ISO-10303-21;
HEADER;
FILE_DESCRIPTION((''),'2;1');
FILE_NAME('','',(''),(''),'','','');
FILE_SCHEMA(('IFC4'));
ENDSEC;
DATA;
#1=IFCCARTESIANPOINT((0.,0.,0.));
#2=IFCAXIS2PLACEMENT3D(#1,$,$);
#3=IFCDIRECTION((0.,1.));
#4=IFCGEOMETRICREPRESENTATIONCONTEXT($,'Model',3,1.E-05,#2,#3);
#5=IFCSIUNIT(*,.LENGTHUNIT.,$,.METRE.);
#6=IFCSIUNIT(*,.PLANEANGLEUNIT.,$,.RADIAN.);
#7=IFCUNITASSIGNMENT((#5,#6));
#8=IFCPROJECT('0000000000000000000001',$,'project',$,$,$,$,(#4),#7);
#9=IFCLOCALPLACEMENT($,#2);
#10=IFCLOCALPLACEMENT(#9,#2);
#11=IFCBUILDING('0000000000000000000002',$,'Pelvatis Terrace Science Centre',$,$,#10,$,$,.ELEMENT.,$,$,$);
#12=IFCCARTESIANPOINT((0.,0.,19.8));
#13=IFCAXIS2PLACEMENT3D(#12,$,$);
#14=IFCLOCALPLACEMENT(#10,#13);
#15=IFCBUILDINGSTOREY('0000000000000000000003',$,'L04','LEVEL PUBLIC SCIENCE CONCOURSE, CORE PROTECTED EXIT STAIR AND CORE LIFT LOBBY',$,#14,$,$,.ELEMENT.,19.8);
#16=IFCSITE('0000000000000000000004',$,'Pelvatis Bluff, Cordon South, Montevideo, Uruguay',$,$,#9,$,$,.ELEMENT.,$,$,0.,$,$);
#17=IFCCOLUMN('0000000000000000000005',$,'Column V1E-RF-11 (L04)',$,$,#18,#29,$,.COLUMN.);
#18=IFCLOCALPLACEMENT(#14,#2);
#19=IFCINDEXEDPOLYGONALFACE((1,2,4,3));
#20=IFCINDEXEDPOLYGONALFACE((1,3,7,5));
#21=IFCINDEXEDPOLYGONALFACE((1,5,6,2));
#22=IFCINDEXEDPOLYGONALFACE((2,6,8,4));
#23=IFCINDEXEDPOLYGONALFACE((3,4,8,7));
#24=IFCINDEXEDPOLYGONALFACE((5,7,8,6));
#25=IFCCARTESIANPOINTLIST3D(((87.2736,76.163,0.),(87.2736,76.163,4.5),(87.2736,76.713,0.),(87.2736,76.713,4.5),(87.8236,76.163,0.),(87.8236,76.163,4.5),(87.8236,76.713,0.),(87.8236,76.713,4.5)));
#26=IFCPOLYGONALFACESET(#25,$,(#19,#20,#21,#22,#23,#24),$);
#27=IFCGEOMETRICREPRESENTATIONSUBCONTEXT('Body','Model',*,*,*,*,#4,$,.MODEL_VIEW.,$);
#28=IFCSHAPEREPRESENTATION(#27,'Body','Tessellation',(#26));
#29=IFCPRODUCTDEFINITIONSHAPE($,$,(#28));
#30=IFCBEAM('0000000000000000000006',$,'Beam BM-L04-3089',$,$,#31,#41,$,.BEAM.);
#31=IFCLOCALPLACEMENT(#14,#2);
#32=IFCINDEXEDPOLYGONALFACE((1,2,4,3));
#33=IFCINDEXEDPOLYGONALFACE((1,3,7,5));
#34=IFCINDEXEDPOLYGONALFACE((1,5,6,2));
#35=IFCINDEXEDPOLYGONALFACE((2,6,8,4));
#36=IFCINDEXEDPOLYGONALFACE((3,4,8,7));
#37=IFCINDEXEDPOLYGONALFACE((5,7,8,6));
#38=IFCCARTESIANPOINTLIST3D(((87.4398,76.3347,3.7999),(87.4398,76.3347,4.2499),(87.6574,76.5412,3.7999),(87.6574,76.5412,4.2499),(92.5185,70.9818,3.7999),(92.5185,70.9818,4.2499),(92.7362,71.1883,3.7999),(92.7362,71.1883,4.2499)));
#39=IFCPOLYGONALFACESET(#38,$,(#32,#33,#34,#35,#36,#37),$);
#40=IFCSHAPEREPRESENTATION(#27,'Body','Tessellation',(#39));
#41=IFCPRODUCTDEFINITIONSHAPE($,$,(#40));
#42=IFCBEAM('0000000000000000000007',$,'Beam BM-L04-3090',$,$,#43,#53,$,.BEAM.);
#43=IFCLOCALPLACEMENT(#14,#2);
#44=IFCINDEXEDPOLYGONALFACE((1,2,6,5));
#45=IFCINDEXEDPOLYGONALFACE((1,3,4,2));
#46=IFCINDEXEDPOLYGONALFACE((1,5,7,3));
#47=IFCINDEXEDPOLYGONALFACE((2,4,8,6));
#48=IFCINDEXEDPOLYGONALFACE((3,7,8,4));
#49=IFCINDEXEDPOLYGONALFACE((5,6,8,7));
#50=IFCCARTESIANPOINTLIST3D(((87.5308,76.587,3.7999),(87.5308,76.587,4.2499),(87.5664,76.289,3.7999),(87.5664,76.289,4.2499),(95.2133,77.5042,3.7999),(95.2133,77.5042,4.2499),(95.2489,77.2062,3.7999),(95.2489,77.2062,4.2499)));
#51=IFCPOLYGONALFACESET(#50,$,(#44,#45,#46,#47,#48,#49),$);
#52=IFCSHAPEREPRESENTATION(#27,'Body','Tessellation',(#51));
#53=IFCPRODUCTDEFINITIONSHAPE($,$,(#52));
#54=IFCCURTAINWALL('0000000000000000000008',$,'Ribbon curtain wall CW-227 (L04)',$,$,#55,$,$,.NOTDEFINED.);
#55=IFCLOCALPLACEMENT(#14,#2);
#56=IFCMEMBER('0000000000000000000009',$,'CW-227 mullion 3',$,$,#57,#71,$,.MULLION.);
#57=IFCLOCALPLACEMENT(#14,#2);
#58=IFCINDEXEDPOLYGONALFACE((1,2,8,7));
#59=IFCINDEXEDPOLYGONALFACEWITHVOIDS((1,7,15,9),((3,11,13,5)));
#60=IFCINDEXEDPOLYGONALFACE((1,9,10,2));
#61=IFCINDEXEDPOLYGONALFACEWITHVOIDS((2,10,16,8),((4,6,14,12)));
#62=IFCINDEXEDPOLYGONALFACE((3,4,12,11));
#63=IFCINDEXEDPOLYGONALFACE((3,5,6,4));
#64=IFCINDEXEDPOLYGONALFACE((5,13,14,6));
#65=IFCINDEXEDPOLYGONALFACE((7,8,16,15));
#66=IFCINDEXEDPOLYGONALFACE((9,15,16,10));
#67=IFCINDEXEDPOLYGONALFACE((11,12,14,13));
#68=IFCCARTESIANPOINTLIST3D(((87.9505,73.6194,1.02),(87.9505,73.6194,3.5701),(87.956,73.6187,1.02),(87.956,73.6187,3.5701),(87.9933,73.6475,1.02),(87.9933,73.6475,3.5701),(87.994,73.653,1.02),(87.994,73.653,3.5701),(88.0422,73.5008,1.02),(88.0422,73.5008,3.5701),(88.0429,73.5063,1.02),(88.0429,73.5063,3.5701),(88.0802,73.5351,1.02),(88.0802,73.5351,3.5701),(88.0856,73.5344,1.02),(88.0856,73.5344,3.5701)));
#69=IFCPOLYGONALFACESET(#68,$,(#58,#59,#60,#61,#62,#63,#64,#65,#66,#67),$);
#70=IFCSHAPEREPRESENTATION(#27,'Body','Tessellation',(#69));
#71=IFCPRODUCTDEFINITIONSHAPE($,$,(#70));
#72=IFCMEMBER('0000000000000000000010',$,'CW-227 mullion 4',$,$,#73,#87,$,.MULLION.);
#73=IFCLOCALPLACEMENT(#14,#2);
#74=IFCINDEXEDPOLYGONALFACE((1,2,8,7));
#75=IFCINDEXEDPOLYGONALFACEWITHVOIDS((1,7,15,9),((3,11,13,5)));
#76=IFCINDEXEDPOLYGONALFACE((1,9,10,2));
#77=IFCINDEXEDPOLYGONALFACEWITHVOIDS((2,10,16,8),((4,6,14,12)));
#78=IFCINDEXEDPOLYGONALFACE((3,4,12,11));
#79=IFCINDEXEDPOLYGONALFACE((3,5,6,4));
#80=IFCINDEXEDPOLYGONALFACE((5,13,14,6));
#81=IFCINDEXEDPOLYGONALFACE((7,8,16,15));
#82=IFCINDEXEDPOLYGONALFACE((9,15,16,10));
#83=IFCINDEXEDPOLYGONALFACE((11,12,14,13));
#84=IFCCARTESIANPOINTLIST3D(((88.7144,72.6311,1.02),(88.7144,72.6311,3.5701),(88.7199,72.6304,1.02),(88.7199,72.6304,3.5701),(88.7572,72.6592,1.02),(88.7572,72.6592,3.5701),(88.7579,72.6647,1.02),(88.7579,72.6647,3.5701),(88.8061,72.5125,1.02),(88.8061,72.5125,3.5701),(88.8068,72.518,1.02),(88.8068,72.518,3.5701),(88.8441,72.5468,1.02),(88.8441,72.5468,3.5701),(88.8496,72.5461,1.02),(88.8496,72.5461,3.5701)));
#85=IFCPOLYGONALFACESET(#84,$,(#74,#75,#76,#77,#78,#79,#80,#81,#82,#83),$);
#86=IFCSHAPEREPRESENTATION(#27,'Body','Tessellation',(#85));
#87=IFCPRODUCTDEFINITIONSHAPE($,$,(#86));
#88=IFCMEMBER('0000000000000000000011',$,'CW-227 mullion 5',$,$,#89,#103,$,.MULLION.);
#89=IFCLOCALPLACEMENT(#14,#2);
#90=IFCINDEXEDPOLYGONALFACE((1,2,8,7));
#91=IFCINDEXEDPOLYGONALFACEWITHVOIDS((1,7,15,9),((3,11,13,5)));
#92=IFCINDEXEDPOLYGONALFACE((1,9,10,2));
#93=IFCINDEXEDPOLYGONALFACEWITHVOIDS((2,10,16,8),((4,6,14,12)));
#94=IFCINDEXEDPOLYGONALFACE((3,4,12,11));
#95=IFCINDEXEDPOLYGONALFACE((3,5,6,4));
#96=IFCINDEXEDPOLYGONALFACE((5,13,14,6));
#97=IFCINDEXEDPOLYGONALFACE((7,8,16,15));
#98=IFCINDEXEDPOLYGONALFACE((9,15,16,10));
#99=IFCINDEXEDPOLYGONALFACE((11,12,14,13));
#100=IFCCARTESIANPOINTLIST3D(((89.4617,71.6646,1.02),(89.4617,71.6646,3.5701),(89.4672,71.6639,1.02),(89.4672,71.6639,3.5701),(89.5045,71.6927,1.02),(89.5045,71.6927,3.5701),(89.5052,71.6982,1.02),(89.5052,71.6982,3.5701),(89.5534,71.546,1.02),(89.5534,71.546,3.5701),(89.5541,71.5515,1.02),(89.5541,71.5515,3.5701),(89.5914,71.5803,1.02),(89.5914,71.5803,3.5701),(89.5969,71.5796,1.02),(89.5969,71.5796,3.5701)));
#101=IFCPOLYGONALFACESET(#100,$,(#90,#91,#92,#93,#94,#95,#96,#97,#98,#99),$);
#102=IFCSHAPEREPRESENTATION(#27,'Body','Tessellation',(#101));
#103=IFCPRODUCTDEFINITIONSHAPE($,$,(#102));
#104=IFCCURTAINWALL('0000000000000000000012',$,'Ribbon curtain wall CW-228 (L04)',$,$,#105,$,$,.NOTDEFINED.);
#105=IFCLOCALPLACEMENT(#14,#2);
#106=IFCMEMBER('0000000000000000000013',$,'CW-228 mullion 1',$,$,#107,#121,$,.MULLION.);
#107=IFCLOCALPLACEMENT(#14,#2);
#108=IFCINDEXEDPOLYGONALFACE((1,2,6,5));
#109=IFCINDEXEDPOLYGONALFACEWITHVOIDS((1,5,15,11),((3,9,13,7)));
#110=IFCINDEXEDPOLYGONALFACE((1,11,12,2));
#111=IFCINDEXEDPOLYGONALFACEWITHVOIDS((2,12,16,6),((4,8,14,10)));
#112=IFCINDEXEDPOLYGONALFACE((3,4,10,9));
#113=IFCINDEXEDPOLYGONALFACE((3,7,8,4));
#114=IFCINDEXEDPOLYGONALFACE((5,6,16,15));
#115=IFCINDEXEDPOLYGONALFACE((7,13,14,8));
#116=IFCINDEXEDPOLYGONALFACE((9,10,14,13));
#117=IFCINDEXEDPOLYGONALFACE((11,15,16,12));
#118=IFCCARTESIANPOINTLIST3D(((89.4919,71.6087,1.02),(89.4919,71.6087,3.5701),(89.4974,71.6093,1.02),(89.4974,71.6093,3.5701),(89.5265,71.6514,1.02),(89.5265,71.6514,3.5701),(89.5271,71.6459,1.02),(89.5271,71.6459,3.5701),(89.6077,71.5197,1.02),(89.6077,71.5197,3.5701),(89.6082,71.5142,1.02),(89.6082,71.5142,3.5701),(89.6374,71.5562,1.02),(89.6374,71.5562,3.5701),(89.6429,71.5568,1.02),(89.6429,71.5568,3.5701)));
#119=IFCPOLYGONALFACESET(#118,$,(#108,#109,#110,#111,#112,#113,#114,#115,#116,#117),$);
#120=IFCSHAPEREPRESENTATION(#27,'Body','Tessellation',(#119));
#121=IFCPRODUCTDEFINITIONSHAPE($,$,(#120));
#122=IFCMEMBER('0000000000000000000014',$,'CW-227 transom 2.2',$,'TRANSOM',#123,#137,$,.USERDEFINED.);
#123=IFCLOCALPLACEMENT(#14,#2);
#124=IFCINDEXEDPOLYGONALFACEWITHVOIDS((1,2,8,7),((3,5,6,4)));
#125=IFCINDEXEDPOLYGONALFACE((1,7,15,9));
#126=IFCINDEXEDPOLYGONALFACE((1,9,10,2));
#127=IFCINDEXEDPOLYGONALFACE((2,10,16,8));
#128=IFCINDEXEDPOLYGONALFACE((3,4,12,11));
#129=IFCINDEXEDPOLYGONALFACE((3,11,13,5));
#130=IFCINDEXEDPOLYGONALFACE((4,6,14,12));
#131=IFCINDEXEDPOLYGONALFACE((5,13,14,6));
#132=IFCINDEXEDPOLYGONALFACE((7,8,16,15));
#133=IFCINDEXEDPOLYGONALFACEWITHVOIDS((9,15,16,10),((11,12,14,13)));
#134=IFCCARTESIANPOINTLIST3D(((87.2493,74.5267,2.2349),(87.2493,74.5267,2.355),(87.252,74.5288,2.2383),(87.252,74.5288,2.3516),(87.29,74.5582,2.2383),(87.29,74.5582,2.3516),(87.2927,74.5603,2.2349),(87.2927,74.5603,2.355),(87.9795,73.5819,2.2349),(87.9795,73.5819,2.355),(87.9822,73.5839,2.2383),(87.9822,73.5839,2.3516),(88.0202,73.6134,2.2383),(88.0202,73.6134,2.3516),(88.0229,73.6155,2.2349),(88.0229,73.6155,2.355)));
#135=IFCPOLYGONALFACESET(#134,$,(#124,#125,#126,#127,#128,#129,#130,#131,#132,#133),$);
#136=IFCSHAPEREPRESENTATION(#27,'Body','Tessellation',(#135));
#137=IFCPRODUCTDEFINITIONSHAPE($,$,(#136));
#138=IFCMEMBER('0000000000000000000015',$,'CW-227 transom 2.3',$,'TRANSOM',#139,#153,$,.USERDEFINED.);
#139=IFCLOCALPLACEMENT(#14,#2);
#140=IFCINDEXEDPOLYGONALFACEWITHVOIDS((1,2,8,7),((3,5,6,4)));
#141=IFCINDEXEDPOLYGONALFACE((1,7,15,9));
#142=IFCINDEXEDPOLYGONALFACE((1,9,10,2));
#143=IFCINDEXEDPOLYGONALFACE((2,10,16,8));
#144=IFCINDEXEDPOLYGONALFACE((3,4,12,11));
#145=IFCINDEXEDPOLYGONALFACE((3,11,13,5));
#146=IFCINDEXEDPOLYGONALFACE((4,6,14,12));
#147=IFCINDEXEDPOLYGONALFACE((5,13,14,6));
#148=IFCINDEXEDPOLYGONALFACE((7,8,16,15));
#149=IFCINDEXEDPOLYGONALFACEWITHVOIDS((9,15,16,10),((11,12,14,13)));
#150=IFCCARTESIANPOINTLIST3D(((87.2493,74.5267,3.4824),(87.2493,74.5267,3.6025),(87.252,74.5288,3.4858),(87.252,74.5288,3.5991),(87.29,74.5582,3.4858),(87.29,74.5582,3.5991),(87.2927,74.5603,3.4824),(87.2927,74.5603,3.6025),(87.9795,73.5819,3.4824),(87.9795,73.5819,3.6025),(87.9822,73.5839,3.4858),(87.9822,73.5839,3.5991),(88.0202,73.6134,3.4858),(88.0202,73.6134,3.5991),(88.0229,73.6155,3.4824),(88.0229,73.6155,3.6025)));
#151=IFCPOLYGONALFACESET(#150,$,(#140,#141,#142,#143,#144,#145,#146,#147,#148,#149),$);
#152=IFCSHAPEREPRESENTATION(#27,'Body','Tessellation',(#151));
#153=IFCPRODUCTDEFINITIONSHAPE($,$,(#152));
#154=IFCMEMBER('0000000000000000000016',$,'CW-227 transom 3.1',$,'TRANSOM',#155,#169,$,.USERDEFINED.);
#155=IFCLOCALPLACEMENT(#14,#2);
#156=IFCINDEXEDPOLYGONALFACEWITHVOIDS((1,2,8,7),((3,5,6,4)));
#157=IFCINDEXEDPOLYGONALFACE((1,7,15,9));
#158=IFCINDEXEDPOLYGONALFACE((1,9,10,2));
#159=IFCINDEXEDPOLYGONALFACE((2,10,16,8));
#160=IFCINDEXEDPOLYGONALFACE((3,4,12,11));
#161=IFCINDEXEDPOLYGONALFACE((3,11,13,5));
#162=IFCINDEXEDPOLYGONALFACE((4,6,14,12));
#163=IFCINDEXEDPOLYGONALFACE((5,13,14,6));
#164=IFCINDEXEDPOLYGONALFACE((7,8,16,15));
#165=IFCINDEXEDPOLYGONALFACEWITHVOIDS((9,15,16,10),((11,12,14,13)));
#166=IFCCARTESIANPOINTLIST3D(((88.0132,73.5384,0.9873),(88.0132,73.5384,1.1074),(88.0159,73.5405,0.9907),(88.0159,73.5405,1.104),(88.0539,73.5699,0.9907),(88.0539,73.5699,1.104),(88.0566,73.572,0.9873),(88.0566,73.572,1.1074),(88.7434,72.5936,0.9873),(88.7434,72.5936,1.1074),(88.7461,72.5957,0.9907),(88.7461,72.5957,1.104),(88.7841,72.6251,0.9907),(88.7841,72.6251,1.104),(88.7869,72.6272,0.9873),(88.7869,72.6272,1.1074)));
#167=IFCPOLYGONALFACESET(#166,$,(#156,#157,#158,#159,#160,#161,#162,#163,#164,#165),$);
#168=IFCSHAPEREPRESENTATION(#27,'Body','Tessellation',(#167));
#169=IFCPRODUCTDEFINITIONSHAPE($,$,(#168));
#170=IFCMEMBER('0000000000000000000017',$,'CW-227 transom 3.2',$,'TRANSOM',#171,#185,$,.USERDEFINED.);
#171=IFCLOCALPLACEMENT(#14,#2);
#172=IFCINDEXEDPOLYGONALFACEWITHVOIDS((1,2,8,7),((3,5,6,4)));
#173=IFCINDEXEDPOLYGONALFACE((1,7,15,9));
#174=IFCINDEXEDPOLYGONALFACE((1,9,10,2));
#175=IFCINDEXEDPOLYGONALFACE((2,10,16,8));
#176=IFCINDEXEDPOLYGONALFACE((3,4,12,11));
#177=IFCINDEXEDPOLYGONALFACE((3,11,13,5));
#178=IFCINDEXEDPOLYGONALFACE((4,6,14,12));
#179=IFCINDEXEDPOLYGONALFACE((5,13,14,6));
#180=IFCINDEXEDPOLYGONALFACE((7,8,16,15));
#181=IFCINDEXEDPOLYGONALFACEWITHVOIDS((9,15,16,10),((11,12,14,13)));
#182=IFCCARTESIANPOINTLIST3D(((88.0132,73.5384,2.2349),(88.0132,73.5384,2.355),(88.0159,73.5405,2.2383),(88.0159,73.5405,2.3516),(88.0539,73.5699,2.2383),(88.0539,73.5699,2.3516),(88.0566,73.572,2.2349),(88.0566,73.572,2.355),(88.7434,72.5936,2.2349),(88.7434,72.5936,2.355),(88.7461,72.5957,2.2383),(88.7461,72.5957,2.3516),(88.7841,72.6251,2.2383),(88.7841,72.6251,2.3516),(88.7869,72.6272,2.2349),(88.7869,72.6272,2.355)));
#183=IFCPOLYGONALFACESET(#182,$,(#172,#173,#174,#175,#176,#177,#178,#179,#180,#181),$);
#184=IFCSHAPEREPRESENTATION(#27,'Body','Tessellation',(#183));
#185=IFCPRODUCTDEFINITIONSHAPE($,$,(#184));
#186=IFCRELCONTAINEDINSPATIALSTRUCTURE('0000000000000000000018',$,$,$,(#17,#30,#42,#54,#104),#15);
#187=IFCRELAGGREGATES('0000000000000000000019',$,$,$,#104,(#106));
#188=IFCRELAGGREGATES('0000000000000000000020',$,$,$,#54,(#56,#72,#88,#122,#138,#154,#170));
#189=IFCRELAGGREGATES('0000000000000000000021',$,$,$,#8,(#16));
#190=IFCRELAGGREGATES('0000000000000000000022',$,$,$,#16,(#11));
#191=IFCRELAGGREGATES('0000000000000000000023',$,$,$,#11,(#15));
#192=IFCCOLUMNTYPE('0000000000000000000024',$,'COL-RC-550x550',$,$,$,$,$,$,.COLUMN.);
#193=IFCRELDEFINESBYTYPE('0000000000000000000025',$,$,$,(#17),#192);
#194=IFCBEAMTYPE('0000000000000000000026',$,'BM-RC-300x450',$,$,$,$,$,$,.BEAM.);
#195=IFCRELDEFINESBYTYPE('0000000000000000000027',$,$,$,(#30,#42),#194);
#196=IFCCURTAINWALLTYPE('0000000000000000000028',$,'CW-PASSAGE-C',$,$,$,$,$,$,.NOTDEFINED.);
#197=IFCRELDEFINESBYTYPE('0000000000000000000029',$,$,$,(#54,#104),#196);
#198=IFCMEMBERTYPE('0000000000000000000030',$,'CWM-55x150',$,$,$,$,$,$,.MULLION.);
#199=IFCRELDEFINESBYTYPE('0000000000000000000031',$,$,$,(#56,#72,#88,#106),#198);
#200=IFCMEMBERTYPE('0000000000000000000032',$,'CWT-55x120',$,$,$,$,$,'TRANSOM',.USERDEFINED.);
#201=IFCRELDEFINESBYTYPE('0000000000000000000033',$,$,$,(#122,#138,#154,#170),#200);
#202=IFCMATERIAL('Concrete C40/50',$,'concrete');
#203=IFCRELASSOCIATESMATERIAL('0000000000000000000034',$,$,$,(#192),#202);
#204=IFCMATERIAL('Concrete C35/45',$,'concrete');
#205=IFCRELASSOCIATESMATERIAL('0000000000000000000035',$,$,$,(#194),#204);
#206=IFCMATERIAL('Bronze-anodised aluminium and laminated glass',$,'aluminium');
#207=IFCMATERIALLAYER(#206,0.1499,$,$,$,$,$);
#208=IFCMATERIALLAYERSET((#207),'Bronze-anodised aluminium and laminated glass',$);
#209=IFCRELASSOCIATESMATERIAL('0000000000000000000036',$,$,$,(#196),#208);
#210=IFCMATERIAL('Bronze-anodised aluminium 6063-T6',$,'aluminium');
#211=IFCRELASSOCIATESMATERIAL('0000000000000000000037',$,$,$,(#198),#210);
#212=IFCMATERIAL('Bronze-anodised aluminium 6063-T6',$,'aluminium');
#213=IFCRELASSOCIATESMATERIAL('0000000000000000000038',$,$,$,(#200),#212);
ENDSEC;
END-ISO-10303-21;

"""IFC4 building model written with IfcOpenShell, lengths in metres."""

from ifc_helpers import new_model, si_unit, direction, frame, origin, origin_2d, place, context, subcontext, project, spatial, rectangle, hollow_rectangle, extrude, material, layer, layer_set, material_profile, profile_set, type_object, element, aggregate, save


model = new_model("IFC4")

# Units and contexts
model_context = context("Model", 3, precision=1e-05, world=origin(), true_north=direction((0.0, 1.0)))
body_context = subcontext(model_context, "Body", "Model", "MODEL_VIEW")
ifc_project = project(units=[si_unit("LENGTHUNIT", "METRE"), si_unit("PLANEANGLEUNIT", "RADIAN")], contexts=[model_context])

# Site, building, storey
site_placement = place(None, origin())
site = spatial("IfcSite", under=ifc_project, at=site_placement, Name="Pelvatis Bluff, Cordon South, Montevideo, Uruguay", CompositionType="ELEMENT", RefElevation=0.0)
building_placement = place(site_placement, origin())
building = spatial("IfcBuilding", under=site, at=building_placement, Name="Pelvatis Terrace Science Centre", CompositionType="ELEMENT")
storey_placement = place(building_placement, frame((0.0, 0.0, 19.8)))
storey = spatial("IfcBuildingStorey", under=building, at=storey_placement, Name="L04", Description="LEVEL PUBLIC SCIENCE CONCOURSE, CORE PROTECTED EXIT STAIR AND CORE LIFT LOBBY", CompositionType="ELEMENT", Elevation=19.8)

# Column
ifc_material_1 = material(Name="Concrete C40/50", Category="concrete")
ifc_material_profile_1 = material_profile(ifc_material_1, rectangle(XDim=0.55, YDim=0.55, at=origin_2d()), Name="RC-COL 550x550")
ifc_profile_set_1 = profile_set([ifc_material_profile_1], Name="Concrete C40/50")
column_type = type_object("IfcColumnType", Name="COL-RC-550x550", PredefinedType="COLUMN", material=ifc_profile_set_1)
column_placement = place(storey_placement, frame((87.5486, 76.438, 0.0), z_axis=(0.0, 0.0, 1.0), x_axis=(1.0, 0.0, 0.0)))
element("IfcColumn", 1, at=column_placement, inside=storey, type_object=column_type, Name="Column V1E-RF-11 (L04)", PredefinedType="COLUMN", context=body_context, shape_type="SweptSolid", body=[
    extrude(rectangle(XDim=0.55, YDim=0.55, at=origin_2d()), origin(), (0.0, 0.0, 1.0), 4.5),
])

# Beams
ifc_material_2 = material(Name="Concrete C35/45", Category="concrete")
ifc_material_profile_2 = material_profile(ifc_material_2, rectangle(XDim=0.3, YDim=0.45, at=origin_2d()), Name="RC-BM 300x450")
ifc_profile_set_2 = profile_set([ifc_material_profile_2], Name="Concrete C35/45")
beam_type = type_object("IfcBeamType", Name="BM-RC-300x450", PredefinedType="BEAM", material=ifc_profile_set_2)
beam_1_placement = place(storey_placement, frame((87.5486, 76.438, 4.0249), z_axis=(0.688285, -0.72544, 0.0), x_axis=(0.72544, 0.688285, 0.0)))
element("IfcBeam", 2, at=beam_1_placement, inside=storey, type_object=beam_type, Name="Beam BM-L04-3089", PredefinedType="BEAM", context=body_context, shape_type="SweptSolid", body=[
    extrude(rectangle(XDim=0.3, YDim=0.45, at=origin_2d()), origin(), (0.0, 0.0, 1.0), 7.3789),
])
beam_2_placement = place(storey_placement, frame((87.5486, 76.438, 4.0249), z_axis=(0.992948, 0.118549, 0.0), x_axis=(-0.118549, 0.992948, 0.0)))
element("IfcBeam", 3, at=beam_2_placement, inside=storey, type_object=beam_type, Name="Beam BM-L04-3090", PredefinedType="BEAM", context=body_context, shape_type="SweptSolid", body=[
    extrude(rectangle(XDim=0.3, YDim=0.45, at=origin_2d()), origin(), (0.0, 0.0, 1.0), 7.7371),
])

# Curtain wall, members
ifc_material_3 = material(Name="Bronze-anodised aluminium and laminated glass", Category="aluminium")
ifc_layer_1 = layer(ifc_material_3, 0.1499)
ifc_layer_set_1 = layer_set([ifc_layer_1], Name="Bronze-anodised aluminium and laminated glass")
curtain_wall_type = type_object("IfcCurtainWallType", Name="CW-PASSAGE-C", PredefinedType="NOTDEFINED", material=ifc_layer_set_1)
curtain_wall_1_placement = place(storey_placement, origin())
curtain_wall_1 = element("IfcCurtainWall", 4, at=curtain_wall_1_placement, inside=storey, type_object=curtain_wall_type, Name="Ribbon curtain wall CW-227 (L04)", PredefinedType="NOTDEFINED")
ifc_material_4 = material(Name="Bronze-anodised aluminium 6063-T6", Category="aluminium")
ifc_material_profile_3 = material_profile(ifc_material_4, hollow_rectangle(XDim=0.0549, YDim=0.1499, WallThickness=0.0039, at=origin_2d()), Name="ALU-MUL 55x150")
ifc_profile_set_3 = profile_set([ifc_material_profile_3], Name="Bronze-anodised aluminium 6063-T6")
member_type_1 = type_object("IfcMemberType", Name="CWM-55x150", PredefinedType="MULLION", material=ifc_profile_set_3)
member_1_placement = place(storey_placement, frame((88.0181, 73.5769, 1.02), z_axis=(0.0, 0.0, 1.0), x_axis=(0.791181, 0.611582, 0.0)))
member_1 = element("IfcMember", 5, at=member_1_placement, type_object=member_type_1, Name="CW-227 mullion 3", PredefinedType="MULLION", context=body_context, shape_type="SweptSolid", body=[
    extrude(hollow_rectangle(XDim=0.0549, YDim=0.1499, WallThickness=0.0039, at=origin_2d()), origin(), (0.0, 0.0, 1.0), 2.55),
])
member_2_placement = place(storey_placement, frame((88.782, 72.5886, 1.02), z_axis=(0.0, 0.0, 1.0), x_axis=(0.791181, 0.611582, 0.0)))
member_2 = element("IfcMember", 6, at=member_2_placement, type_object=member_type_1, Name="CW-227 mullion 4", PredefinedType="MULLION", context=body_context, shape_type="SweptSolid", body=[
    extrude(hollow_rectangle(XDim=0.0549, YDim=0.1499, WallThickness=0.0039, at=origin_2d()), origin(), (0.0, 0.0, 1.0), 2.55),
])
member_3_placement = place(storey_placement, frame((89.5293, 71.6221, 1.02), z_axis=(0.0, 0.0, 1.0), x_axis=(0.791181, 0.611582, 0.0)))
member_3 = element("IfcMember", 7, at=member_3_placement, type_object=member_type_1, Name="CW-227 mullion 5", PredefinedType="MULLION", context=body_context, shape_type="SweptSolid", body=[
    extrude(hollow_rectangle(XDim=0.0549, YDim=0.1499, WallThickness=0.0039, at=origin_2d()), origin(), (0.0, 0.0, 1.0), 2.55),
])

# Curtain wall, member
curtain_wall_2_placement = place(storey_placement, origin())
curtain_wall_2 = element("IfcCurtainWall", 8, at=curtain_wall_2_placement, inside=storey, type_object=curtain_wall_type, Name="Ribbon curtain wall CW-228 (L04)", PredefinedType="NOTDEFINED")
member_4_placement = place(storey_placement, frame((89.5674, 71.5828, 1.02), z_axis=(0.0, 0.0, 1.0), x_axis=(0.630757, 0.77598, 0.0)))
member_4 = element("IfcMember", 9, at=member_4_placement, type_object=member_type_1, Name="CW-228 mullion 1", PredefinedType="MULLION", context=body_context, shape_type="SweptSolid", body=[
    extrude(hollow_rectangle(XDim=0.0549, YDim=0.1499, WallThickness=0.0039, at=origin_2d()), origin(), (0.0, 0.0, 1.0), 2.55),
])
aggregate(curtain_wall_2, [member_4])

# Members
ifc_material_5 = material(Name="Bronze-anodised aluminium 6063-T6", Category="aluminium")
ifc_material_profile_4 = material_profile(ifc_material_5, hollow_rectangle(XDim=0.0549, YDim=0.1201, WallThickness=0.0034, at=origin_2d()), Name="ALU-TRN 55x120")
ifc_profile_set_4 = profile_set([ifc_material_profile_4], Name="Bronze-anodised aluminium 6063-T6")
member_type_2 = type_object("IfcMemberType", Name="CWT-55x120", ElementType="TRANSOM", PredefinedType="USERDEFINED", material=ifc_profile_set_4)
member_5_placement = place(storey_placement, frame((87.271, 74.5435, 2.2949), z_axis=(0.611517, -0.791231, 0.0), x_axis=(0.791231, 0.611517, 0.0)))
member_5 = element("IfcMember", 10, at=member_5_placement, type_object=member_type_2, Name="CW-227 transom 2.2", ObjectType="TRANSOM", PredefinedType="USERDEFINED", context=body_context, shape_type="SweptSolid", body=[
    extrude(hollow_rectangle(XDim=0.0549, YDim=0.1201, WallThickness=0.0034, at=origin_2d()), origin(), (0.0, 0.0, 1.0), 1.1941),
])
member_6_placement = place(storey_placement, frame((87.271, 74.5435, 3.5425), z_axis=(0.611517, -0.791231, 0.0), x_axis=(0.791231, 0.611517, 0.0)))
member_6 = element("IfcMember", 11, at=member_6_placement, type_object=member_type_2, Name="CW-227 transom 2.3", ObjectType="TRANSOM", PredefinedType="USERDEFINED", context=body_context, shape_type="SweptSolid", body=[
    extrude(hollow_rectangle(XDim=0.0549, YDim=0.1201, WallThickness=0.0034, at=origin_2d()), origin(), (0.0, 0.0, 1.0), 1.1941),
])
member_7_placement = place(storey_placement, frame((88.0349, 73.5552, 1.0474), z_axis=(0.611517, -0.791231, 0.0), x_axis=(0.791231, 0.611517, 0.0)))
member_7 = element("IfcMember", 12, at=member_7_placement, type_object=member_type_2, Name="CW-227 transom 3.1", ObjectType="TRANSOM", PredefinedType="USERDEFINED", context=body_context, shape_type="SweptSolid", body=[
    extrude(hollow_rectangle(XDim=0.0549, YDim=0.1201, WallThickness=0.0034, at=origin_2d()), origin(), (0.0, 0.0, 1.0), 1.1941),
])
member_8_placement = place(storey_placement, frame((88.0349, 73.5552, 2.2949), z_axis=(0.611517, -0.791231, 0.0), x_axis=(0.791231, 0.611517, 0.0)))
member_8 = element("IfcMember", 13, at=member_8_placement, type_object=member_type_2, Name="CW-227 transom 3.2", ObjectType="TRANSOM", PredefinedType="USERDEFINED", context=body_context, shape_type="SweptSolid", body=[
    extrude(hollow_rectangle(XDim=0.0549, YDim=0.1201, WallThickness=0.0034, at=origin_2d()), origin(), (0.0, 0.0, 1.0), 1.1941),
])

aggregate(curtain_wall_1, [member_1, member_2, member_3, member_5, member_6, member_7, member_8])

save(model, "model.ifc")
